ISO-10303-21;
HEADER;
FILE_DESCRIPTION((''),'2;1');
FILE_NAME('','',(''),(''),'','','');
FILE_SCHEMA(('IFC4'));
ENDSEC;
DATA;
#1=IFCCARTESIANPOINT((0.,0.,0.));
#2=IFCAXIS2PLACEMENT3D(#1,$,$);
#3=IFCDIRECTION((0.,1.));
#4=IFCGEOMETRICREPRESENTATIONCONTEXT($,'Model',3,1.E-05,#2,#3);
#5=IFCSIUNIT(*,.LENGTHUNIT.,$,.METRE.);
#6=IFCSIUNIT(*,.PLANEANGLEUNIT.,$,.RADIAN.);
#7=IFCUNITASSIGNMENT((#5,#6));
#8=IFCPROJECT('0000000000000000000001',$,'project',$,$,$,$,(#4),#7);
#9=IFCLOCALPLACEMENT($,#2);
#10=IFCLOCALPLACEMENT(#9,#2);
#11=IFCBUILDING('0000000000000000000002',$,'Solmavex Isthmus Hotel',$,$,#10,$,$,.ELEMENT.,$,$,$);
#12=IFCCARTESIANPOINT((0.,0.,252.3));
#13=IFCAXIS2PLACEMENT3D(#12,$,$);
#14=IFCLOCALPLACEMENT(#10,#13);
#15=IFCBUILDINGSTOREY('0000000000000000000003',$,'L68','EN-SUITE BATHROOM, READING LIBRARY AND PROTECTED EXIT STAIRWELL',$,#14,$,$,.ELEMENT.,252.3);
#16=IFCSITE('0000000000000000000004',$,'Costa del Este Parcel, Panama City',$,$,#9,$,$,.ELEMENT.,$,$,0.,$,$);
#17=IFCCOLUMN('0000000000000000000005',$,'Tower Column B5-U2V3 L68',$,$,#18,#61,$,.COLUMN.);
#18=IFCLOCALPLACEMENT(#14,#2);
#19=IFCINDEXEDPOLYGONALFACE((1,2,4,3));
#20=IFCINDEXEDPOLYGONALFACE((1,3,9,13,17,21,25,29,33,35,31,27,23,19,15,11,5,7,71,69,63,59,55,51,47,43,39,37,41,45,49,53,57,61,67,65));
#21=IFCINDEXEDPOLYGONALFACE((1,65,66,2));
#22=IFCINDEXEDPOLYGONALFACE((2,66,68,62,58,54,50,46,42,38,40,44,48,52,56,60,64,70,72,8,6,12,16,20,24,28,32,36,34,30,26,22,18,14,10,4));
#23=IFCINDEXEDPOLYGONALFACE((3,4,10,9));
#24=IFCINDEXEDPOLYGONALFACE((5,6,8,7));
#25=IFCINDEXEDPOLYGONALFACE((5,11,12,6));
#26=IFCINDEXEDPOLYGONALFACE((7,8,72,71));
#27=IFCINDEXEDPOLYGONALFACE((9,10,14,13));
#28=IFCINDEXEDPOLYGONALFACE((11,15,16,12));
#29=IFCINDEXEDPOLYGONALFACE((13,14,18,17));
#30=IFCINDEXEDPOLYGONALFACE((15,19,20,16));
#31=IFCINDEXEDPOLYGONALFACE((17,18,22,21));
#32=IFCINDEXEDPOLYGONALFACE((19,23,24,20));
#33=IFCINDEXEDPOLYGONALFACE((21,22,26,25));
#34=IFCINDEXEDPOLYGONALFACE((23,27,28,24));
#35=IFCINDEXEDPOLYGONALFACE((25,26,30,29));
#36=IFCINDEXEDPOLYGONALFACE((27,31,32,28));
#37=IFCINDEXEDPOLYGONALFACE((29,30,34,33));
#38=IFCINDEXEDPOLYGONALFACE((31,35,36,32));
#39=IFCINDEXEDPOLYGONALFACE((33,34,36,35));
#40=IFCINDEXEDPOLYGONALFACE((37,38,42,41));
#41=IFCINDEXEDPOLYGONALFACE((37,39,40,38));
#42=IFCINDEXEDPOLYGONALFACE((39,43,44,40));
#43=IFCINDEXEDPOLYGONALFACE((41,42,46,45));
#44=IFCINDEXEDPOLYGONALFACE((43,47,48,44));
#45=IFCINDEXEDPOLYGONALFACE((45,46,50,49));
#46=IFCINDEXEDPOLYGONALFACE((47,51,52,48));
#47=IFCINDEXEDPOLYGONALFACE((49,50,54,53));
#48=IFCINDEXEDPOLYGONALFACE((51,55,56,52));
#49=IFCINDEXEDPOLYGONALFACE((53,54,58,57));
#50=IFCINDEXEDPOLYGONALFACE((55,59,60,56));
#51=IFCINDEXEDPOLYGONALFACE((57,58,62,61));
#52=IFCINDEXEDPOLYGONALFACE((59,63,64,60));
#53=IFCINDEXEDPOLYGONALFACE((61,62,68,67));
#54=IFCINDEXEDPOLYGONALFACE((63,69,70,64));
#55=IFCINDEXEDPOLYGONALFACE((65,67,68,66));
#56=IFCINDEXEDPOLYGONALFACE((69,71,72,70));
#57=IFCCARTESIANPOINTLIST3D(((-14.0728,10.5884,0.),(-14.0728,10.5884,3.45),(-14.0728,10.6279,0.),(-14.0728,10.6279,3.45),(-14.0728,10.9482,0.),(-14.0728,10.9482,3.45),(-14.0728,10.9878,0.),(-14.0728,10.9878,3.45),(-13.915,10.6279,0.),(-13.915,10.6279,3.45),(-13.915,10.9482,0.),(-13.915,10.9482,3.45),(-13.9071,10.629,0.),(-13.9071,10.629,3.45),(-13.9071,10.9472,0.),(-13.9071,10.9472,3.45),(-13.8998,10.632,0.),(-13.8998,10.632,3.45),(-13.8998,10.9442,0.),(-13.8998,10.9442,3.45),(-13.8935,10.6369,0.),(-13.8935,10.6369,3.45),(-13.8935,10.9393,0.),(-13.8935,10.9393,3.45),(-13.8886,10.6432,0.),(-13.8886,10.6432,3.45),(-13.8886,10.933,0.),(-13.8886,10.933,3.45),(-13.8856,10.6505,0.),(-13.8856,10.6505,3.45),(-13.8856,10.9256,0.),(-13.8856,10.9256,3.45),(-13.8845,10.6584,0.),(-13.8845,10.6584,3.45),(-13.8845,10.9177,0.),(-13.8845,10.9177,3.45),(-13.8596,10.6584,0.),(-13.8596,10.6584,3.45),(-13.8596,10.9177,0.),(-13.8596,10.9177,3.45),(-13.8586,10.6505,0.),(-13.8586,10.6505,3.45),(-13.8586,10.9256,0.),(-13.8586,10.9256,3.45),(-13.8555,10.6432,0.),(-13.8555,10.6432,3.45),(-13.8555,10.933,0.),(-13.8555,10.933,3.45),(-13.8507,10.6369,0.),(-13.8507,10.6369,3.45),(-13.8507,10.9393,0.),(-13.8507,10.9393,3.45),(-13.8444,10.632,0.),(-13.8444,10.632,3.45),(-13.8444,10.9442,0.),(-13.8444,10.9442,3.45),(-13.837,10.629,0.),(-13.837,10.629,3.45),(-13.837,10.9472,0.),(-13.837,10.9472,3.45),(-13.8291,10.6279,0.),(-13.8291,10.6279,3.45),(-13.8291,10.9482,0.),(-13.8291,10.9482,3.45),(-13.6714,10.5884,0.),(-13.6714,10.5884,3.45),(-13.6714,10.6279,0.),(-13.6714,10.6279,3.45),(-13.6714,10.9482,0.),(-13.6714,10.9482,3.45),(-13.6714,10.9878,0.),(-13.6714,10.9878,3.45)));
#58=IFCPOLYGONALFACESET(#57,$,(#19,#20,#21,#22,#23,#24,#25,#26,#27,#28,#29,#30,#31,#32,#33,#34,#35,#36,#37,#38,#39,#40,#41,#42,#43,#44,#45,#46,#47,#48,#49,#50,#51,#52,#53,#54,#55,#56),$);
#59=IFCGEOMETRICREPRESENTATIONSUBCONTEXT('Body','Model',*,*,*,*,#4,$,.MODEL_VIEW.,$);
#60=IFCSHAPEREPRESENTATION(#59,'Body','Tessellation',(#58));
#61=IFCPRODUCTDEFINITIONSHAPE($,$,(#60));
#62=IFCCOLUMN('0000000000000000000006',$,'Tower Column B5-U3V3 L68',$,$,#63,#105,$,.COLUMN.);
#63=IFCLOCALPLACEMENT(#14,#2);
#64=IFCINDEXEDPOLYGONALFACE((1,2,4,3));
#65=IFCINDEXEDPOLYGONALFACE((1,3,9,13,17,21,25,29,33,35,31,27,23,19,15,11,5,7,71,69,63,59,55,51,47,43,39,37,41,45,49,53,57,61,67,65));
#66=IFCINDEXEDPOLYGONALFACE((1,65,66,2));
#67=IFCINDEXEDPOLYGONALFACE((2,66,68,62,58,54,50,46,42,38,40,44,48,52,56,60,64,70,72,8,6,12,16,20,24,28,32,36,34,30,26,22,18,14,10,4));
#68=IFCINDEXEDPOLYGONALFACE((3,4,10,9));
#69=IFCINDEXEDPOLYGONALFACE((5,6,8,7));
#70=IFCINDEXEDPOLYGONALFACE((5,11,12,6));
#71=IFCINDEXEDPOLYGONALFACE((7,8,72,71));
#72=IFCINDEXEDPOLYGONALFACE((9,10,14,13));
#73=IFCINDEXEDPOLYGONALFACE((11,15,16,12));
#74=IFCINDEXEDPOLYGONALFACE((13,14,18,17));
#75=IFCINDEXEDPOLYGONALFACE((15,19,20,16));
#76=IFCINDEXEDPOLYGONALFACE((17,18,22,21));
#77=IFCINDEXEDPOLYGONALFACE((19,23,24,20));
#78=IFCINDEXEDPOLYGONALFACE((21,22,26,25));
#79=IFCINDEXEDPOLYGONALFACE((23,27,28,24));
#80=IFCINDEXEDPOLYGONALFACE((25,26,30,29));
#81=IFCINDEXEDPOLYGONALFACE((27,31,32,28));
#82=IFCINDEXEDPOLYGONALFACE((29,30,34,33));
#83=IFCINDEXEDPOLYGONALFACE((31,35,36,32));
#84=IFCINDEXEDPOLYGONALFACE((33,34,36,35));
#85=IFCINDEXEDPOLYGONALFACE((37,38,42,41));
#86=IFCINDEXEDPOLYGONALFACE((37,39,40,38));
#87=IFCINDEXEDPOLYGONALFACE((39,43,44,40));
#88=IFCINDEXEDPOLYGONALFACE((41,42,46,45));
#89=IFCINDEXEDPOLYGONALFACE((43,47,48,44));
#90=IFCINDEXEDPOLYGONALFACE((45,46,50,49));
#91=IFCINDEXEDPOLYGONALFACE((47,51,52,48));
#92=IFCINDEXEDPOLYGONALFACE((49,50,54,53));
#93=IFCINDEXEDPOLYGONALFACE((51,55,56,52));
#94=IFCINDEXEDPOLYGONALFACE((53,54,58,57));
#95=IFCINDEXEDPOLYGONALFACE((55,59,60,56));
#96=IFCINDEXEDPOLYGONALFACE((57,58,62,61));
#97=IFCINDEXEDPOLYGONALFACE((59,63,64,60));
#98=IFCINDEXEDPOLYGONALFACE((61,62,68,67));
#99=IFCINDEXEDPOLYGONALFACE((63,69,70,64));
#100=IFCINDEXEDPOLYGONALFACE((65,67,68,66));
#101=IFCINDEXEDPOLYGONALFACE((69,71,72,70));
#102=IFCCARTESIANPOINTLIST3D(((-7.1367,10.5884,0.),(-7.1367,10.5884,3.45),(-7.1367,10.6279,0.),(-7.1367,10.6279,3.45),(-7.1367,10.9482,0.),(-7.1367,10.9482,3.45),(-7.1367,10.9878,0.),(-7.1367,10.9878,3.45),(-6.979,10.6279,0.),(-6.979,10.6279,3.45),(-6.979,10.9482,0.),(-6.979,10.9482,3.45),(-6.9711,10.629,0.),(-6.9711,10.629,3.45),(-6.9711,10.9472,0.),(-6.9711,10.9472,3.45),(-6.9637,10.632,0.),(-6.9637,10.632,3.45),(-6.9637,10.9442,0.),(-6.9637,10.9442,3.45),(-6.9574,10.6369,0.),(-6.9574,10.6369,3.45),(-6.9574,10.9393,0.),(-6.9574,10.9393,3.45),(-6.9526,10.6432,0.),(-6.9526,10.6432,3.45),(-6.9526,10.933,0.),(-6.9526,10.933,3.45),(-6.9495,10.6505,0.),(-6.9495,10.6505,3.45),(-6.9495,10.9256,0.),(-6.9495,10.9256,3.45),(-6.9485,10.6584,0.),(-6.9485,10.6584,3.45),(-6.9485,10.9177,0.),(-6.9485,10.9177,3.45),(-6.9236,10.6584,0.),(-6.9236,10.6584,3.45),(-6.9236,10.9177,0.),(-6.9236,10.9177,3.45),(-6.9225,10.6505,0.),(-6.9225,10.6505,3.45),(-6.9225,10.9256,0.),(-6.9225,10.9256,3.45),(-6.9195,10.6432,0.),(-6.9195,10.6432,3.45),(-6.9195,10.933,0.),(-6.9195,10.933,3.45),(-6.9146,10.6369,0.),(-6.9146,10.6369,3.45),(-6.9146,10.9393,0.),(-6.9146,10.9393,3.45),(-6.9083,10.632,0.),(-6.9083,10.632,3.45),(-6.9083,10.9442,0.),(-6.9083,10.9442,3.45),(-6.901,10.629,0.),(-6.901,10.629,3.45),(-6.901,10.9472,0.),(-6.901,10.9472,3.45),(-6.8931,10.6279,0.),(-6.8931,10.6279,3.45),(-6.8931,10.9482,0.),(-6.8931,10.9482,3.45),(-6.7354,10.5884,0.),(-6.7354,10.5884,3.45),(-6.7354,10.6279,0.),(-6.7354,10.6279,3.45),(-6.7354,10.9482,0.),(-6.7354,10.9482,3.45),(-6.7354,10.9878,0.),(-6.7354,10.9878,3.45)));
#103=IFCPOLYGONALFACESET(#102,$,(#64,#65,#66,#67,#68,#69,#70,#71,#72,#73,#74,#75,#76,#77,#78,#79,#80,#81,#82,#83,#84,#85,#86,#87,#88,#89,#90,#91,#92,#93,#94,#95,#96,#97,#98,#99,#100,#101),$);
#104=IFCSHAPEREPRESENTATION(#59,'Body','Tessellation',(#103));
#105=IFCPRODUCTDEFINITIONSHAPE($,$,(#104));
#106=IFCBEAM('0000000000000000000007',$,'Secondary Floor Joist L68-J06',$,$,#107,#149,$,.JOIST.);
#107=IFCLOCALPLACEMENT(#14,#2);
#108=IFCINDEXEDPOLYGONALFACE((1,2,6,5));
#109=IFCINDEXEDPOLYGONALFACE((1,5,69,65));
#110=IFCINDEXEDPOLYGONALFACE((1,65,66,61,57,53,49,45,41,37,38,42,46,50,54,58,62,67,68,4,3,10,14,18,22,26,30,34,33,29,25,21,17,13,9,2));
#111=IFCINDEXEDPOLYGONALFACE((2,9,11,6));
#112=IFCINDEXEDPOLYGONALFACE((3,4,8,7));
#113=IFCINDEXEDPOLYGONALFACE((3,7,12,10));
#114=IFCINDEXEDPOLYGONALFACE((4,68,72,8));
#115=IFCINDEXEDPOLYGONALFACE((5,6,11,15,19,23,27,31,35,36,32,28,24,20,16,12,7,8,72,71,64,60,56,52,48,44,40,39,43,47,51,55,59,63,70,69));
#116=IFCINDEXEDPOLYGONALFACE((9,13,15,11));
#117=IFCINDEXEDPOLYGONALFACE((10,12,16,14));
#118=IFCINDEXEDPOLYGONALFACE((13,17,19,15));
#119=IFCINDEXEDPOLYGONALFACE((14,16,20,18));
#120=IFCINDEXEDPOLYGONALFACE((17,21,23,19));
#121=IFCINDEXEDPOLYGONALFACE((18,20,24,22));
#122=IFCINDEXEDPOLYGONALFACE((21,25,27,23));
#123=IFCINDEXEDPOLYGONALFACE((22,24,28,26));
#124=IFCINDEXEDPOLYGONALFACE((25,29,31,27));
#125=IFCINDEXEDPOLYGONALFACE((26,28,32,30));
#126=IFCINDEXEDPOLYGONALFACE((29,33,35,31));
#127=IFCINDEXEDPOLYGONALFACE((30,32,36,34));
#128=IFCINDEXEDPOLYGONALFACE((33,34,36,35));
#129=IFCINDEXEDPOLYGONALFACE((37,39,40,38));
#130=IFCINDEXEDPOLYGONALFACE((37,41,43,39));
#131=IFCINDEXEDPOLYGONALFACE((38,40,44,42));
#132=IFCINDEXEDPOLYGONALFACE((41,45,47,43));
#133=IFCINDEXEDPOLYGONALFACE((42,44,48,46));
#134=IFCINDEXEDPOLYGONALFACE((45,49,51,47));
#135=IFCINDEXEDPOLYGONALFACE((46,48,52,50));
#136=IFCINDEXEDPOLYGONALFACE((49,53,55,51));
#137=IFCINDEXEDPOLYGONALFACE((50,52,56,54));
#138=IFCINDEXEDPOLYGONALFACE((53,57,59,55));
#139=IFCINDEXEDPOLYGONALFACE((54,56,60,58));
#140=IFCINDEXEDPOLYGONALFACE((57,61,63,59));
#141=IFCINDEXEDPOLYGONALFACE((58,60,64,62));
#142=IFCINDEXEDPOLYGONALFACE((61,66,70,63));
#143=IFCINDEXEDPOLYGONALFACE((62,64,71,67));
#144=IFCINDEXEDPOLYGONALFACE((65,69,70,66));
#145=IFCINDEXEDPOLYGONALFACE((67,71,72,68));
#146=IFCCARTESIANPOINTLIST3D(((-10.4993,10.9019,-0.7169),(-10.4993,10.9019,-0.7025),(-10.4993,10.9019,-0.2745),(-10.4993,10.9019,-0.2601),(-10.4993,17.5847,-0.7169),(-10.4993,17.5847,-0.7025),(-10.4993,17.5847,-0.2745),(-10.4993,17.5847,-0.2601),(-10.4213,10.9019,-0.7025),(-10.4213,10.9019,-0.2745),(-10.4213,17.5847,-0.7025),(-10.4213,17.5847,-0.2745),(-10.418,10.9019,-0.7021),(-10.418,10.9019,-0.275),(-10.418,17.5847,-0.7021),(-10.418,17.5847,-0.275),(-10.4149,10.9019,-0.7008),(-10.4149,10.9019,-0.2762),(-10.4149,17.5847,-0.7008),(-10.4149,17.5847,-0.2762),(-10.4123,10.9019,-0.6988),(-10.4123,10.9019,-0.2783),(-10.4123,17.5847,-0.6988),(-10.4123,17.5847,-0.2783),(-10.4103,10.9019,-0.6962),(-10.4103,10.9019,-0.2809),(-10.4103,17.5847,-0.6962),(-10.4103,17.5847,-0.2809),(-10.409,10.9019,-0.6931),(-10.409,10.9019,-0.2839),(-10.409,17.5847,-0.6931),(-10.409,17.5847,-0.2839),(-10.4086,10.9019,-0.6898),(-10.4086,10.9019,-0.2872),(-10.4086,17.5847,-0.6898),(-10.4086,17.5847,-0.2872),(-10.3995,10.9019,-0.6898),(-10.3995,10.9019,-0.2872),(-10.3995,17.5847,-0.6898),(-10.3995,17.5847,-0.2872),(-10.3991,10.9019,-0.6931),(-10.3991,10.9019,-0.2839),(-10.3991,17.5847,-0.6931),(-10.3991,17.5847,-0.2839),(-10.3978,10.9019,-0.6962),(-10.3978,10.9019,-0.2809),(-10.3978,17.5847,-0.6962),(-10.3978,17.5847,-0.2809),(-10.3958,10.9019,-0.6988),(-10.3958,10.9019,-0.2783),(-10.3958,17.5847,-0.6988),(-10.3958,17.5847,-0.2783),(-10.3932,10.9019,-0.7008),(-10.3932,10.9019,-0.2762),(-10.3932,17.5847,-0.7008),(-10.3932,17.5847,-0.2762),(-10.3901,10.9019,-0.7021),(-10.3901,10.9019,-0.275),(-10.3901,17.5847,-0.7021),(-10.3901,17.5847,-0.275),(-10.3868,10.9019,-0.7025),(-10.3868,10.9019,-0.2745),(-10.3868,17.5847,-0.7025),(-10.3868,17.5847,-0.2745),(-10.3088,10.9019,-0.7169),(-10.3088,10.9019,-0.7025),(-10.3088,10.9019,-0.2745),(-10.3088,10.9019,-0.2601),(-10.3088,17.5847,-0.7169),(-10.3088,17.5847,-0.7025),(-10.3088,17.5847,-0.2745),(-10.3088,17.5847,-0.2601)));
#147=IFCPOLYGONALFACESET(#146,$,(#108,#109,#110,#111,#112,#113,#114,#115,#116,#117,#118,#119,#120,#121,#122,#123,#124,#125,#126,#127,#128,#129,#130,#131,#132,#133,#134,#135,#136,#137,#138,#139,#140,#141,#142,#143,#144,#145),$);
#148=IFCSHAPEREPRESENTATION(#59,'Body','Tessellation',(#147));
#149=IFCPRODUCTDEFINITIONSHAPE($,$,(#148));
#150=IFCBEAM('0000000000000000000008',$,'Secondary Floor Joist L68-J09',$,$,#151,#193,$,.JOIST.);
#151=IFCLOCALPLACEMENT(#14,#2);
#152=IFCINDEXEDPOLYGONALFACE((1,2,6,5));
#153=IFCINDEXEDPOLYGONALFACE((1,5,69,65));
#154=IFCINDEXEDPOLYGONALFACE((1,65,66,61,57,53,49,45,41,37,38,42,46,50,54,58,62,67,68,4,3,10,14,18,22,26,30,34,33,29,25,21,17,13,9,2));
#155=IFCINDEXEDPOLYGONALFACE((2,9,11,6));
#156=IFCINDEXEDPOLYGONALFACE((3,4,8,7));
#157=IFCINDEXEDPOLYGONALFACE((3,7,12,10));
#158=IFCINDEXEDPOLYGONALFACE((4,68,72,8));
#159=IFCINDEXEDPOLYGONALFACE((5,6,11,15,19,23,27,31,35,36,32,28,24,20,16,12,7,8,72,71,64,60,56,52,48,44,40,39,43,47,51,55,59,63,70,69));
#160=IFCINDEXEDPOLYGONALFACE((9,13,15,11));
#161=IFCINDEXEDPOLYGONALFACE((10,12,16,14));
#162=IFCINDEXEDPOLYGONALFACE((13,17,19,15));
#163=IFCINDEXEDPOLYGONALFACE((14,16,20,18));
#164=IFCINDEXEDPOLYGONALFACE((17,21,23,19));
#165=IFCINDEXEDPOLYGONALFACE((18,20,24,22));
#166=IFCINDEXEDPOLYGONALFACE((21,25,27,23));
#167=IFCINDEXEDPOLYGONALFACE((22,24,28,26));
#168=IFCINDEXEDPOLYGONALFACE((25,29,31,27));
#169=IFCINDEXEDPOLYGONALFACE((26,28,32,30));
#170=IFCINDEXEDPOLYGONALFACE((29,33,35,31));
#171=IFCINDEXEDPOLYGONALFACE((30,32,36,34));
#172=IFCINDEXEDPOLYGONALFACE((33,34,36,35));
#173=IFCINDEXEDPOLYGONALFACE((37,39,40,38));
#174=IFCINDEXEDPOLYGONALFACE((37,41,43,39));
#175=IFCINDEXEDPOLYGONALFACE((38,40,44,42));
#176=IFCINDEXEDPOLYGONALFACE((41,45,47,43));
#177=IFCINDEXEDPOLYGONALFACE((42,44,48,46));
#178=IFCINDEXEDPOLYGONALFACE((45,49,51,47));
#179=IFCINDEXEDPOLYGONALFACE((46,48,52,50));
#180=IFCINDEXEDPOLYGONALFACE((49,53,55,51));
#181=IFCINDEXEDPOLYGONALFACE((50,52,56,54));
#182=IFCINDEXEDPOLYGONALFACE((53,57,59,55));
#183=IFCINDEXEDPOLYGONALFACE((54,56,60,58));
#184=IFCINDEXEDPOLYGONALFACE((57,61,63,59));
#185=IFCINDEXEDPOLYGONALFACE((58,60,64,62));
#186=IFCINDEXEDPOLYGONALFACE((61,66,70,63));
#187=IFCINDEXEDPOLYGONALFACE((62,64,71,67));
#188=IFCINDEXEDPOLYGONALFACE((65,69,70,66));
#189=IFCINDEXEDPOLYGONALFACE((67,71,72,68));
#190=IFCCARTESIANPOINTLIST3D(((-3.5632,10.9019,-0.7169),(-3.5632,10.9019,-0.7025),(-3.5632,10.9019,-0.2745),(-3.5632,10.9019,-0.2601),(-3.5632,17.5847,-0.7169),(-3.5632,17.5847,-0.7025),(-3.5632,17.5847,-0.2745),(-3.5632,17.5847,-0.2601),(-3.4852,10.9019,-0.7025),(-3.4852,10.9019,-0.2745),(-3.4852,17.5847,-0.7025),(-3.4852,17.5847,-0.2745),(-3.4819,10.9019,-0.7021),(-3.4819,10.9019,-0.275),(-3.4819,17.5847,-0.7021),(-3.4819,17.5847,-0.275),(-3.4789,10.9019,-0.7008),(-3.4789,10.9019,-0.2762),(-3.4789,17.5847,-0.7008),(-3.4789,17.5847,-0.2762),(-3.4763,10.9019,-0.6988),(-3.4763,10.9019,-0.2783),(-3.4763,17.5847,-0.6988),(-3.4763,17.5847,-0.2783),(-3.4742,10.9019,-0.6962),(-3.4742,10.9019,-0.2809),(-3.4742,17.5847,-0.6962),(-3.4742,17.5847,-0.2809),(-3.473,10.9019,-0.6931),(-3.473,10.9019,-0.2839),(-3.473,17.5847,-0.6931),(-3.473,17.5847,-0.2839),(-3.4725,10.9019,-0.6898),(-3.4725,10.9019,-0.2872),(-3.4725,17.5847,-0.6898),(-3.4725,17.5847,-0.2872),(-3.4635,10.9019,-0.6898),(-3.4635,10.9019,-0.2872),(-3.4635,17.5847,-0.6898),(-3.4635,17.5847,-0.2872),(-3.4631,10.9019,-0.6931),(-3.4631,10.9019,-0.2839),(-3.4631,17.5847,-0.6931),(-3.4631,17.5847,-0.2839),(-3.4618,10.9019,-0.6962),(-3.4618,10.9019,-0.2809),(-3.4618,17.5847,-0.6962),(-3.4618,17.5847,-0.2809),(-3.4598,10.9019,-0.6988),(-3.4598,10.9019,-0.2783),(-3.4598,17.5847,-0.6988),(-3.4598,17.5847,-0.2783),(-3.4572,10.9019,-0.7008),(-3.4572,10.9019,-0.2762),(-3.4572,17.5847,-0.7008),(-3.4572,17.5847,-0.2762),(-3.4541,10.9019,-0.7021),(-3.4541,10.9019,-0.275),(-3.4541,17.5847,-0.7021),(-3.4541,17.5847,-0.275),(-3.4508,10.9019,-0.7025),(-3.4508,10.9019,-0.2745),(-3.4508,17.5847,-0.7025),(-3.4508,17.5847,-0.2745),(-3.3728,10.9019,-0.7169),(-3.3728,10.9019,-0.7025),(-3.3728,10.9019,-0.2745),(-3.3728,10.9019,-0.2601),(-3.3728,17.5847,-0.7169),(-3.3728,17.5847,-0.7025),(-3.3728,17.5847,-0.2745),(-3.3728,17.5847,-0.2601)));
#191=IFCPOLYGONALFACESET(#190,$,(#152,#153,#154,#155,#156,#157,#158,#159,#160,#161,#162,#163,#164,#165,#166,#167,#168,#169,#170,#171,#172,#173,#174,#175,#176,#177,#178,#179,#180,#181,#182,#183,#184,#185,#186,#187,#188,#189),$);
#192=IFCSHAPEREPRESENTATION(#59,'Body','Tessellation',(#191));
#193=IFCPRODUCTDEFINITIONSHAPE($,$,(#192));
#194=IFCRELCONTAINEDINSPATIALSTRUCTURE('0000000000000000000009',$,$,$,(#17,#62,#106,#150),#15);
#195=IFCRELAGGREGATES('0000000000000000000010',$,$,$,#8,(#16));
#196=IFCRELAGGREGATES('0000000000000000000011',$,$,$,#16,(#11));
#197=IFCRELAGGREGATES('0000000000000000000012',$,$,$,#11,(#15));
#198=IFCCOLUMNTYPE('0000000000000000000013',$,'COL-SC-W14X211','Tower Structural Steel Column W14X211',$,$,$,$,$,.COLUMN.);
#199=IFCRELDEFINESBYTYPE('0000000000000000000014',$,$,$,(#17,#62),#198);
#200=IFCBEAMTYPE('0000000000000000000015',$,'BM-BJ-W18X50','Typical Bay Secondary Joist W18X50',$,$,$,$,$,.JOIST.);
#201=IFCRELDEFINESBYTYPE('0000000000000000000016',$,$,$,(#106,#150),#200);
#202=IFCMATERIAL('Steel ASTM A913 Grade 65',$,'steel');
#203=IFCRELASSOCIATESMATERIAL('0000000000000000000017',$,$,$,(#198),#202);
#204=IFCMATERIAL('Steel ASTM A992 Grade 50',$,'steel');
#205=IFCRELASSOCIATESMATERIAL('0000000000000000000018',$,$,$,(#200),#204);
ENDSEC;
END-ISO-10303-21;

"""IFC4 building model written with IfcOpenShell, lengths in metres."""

from ifc_helpers import new_model, si_unit, direction, frame, origin, origin_2d, place, context, subcontext, project, spatial, i_section, extrude, material, material_profile, profile_set, type_object, element, save


model = new_model("IFC4")

# Units and contexts
model_context = context("Model", 3, precision=1e-05, world=origin(), true_north=direction((0.0, 1.0)))
body_context = subcontext(model_context, "Body", "Model", "MODEL_VIEW")
ifc_project = project(units=[si_unit("LENGTHUNIT", "METRE"), si_unit("PLANEANGLEUNIT", "RADIAN")], contexts=[model_context])

# Site, building, storey
site_placement = place(None, origin())
site = spatial("IfcSite", under=ifc_project, at=site_placement, Name="Costa del Este Parcel, Panama City", CompositionType="ELEMENT", RefElevation=0.0)
building_placement = place(site_placement, origin())
building = spatial("IfcBuilding", under=site, at=building_placement, Name="Solmavex Isthmus Hotel", CompositionType="ELEMENT")
storey_placement = place(building_placement, frame((0.0, 0.0, 252.3)))
storey = spatial("IfcBuildingStorey", under=building, at=storey_placement, Name="L68", Description="EN-SUITE BATHROOM, READING LIBRARY AND PROTECTED EXIT STAIRWELL", CompositionType="ELEMENT", Elevation=252.3)

# Columns
ifc_material_1 = material(Name="Steel ASTM A913 Grade 65", Category="steel")
ifc_material_profile_1 = material_profile(ifc_material_1, i_section(OverallWidth=0.4014, OverallDepth=0.3994, WebThickness=0.0249, FlangeThickness=0.0396, FilletRadius=0.0305, at=origin_2d()), Name="W14X211")
ifc_profile_set_1 = profile_set([ifc_material_profile_1], Name="Steel ASTM A913 Grade 65")
column_type = type_object("IfcColumnType", Name="COL-SC-W14X211", Description="Tower Structural Steel Column W14X211", PredefinedType="COLUMN", material=ifc_profile_set_1)
for number, where, z_axis, x_axis, name in (
    (1, (-13.8721, 10.7881, 0.0), (0.0, 0.0, 1.0), (1.0, 0.0, 0.0), "Tower Column B5-U2V3 L68"),
    (2, (-6.936, 10.7881, 0.0), (0.0, 0.0, 1.0), (1.0, 0.0, 0.0), "Tower Column B5-U3V3 L68"),
):
    element("IfcColumn", number, at=place(storey_placement, frame(where, z_axis=z_axis, x_axis=x_axis)), inside=storey, type_object=column_type, Name=name, PredefinedType="COLUMN", context=body_context, shape_type="SweptSolid", body=[
        extrude(i_section(OverallWidth=0.4014, OverallDepth=0.3994, WebThickness=0.0249, FlangeThickness=0.0396, FilletRadius=0.0305, at=origin_2d()), origin(), (0.0, 0.0, 1.0), 3.45),
    ])

# Beams
ifc_material_2 = material(Name="Steel ASTM A992 Grade 50", Category="steel")
ifc_material_profile_2 = material_profile(ifc_material_2, i_section(OverallWidth=0.1904, OverallDepth=0.4568, WebThickness=0.009, FlangeThickness=0.0144, FilletRadius=0.0127, at=origin_2d()), Name="W18X50")
ifc_profile_set_2 = profile_set([ifc_material_profile_2], Name="Steel ASTM A992 Grade 50")
beam_type_1 = type_object("IfcBeamType", Name="BM-BJ-W18X50", Description="Typical Bay Secondary Joist W18X50", PredefinedType="JOIST", material=ifc_profile_set_2)
for number, where, z_axis, x_axis, name in (
    (3, (-10.4041, 10.9019, -0.4885), (0.0, 1.0, 0.0), (-1.0, 0.0, 0.0), "Secondary Floor Joist L68-J06"),
    (4, (-3.468, 10.9019, -0.4885), (0.0, 1.0, 0.0), (-1.0, 0.0, 0.0), "Secondary Floor Joist L68-J09"),
):
    element("IfcBeam", number, at=place(storey_placement, frame(where, z_axis=z_axis, x_axis=x_axis)), inside=storey, type_object=beam_type_1, Name=name, PredefinedType="JOIST", context=body_context, shape_type="SweptSolid", body=[
        extrude(i_section(OverallWidth=0.1904, OverallDepth=0.4568, WebThickness=0.009, FlangeThickness=0.0144, FilletRadius=0.0127, at=origin_2d()), origin(), (0.0, 0.0, 1.0), 6.6829),
    ])

save(model, "model.ifc")
